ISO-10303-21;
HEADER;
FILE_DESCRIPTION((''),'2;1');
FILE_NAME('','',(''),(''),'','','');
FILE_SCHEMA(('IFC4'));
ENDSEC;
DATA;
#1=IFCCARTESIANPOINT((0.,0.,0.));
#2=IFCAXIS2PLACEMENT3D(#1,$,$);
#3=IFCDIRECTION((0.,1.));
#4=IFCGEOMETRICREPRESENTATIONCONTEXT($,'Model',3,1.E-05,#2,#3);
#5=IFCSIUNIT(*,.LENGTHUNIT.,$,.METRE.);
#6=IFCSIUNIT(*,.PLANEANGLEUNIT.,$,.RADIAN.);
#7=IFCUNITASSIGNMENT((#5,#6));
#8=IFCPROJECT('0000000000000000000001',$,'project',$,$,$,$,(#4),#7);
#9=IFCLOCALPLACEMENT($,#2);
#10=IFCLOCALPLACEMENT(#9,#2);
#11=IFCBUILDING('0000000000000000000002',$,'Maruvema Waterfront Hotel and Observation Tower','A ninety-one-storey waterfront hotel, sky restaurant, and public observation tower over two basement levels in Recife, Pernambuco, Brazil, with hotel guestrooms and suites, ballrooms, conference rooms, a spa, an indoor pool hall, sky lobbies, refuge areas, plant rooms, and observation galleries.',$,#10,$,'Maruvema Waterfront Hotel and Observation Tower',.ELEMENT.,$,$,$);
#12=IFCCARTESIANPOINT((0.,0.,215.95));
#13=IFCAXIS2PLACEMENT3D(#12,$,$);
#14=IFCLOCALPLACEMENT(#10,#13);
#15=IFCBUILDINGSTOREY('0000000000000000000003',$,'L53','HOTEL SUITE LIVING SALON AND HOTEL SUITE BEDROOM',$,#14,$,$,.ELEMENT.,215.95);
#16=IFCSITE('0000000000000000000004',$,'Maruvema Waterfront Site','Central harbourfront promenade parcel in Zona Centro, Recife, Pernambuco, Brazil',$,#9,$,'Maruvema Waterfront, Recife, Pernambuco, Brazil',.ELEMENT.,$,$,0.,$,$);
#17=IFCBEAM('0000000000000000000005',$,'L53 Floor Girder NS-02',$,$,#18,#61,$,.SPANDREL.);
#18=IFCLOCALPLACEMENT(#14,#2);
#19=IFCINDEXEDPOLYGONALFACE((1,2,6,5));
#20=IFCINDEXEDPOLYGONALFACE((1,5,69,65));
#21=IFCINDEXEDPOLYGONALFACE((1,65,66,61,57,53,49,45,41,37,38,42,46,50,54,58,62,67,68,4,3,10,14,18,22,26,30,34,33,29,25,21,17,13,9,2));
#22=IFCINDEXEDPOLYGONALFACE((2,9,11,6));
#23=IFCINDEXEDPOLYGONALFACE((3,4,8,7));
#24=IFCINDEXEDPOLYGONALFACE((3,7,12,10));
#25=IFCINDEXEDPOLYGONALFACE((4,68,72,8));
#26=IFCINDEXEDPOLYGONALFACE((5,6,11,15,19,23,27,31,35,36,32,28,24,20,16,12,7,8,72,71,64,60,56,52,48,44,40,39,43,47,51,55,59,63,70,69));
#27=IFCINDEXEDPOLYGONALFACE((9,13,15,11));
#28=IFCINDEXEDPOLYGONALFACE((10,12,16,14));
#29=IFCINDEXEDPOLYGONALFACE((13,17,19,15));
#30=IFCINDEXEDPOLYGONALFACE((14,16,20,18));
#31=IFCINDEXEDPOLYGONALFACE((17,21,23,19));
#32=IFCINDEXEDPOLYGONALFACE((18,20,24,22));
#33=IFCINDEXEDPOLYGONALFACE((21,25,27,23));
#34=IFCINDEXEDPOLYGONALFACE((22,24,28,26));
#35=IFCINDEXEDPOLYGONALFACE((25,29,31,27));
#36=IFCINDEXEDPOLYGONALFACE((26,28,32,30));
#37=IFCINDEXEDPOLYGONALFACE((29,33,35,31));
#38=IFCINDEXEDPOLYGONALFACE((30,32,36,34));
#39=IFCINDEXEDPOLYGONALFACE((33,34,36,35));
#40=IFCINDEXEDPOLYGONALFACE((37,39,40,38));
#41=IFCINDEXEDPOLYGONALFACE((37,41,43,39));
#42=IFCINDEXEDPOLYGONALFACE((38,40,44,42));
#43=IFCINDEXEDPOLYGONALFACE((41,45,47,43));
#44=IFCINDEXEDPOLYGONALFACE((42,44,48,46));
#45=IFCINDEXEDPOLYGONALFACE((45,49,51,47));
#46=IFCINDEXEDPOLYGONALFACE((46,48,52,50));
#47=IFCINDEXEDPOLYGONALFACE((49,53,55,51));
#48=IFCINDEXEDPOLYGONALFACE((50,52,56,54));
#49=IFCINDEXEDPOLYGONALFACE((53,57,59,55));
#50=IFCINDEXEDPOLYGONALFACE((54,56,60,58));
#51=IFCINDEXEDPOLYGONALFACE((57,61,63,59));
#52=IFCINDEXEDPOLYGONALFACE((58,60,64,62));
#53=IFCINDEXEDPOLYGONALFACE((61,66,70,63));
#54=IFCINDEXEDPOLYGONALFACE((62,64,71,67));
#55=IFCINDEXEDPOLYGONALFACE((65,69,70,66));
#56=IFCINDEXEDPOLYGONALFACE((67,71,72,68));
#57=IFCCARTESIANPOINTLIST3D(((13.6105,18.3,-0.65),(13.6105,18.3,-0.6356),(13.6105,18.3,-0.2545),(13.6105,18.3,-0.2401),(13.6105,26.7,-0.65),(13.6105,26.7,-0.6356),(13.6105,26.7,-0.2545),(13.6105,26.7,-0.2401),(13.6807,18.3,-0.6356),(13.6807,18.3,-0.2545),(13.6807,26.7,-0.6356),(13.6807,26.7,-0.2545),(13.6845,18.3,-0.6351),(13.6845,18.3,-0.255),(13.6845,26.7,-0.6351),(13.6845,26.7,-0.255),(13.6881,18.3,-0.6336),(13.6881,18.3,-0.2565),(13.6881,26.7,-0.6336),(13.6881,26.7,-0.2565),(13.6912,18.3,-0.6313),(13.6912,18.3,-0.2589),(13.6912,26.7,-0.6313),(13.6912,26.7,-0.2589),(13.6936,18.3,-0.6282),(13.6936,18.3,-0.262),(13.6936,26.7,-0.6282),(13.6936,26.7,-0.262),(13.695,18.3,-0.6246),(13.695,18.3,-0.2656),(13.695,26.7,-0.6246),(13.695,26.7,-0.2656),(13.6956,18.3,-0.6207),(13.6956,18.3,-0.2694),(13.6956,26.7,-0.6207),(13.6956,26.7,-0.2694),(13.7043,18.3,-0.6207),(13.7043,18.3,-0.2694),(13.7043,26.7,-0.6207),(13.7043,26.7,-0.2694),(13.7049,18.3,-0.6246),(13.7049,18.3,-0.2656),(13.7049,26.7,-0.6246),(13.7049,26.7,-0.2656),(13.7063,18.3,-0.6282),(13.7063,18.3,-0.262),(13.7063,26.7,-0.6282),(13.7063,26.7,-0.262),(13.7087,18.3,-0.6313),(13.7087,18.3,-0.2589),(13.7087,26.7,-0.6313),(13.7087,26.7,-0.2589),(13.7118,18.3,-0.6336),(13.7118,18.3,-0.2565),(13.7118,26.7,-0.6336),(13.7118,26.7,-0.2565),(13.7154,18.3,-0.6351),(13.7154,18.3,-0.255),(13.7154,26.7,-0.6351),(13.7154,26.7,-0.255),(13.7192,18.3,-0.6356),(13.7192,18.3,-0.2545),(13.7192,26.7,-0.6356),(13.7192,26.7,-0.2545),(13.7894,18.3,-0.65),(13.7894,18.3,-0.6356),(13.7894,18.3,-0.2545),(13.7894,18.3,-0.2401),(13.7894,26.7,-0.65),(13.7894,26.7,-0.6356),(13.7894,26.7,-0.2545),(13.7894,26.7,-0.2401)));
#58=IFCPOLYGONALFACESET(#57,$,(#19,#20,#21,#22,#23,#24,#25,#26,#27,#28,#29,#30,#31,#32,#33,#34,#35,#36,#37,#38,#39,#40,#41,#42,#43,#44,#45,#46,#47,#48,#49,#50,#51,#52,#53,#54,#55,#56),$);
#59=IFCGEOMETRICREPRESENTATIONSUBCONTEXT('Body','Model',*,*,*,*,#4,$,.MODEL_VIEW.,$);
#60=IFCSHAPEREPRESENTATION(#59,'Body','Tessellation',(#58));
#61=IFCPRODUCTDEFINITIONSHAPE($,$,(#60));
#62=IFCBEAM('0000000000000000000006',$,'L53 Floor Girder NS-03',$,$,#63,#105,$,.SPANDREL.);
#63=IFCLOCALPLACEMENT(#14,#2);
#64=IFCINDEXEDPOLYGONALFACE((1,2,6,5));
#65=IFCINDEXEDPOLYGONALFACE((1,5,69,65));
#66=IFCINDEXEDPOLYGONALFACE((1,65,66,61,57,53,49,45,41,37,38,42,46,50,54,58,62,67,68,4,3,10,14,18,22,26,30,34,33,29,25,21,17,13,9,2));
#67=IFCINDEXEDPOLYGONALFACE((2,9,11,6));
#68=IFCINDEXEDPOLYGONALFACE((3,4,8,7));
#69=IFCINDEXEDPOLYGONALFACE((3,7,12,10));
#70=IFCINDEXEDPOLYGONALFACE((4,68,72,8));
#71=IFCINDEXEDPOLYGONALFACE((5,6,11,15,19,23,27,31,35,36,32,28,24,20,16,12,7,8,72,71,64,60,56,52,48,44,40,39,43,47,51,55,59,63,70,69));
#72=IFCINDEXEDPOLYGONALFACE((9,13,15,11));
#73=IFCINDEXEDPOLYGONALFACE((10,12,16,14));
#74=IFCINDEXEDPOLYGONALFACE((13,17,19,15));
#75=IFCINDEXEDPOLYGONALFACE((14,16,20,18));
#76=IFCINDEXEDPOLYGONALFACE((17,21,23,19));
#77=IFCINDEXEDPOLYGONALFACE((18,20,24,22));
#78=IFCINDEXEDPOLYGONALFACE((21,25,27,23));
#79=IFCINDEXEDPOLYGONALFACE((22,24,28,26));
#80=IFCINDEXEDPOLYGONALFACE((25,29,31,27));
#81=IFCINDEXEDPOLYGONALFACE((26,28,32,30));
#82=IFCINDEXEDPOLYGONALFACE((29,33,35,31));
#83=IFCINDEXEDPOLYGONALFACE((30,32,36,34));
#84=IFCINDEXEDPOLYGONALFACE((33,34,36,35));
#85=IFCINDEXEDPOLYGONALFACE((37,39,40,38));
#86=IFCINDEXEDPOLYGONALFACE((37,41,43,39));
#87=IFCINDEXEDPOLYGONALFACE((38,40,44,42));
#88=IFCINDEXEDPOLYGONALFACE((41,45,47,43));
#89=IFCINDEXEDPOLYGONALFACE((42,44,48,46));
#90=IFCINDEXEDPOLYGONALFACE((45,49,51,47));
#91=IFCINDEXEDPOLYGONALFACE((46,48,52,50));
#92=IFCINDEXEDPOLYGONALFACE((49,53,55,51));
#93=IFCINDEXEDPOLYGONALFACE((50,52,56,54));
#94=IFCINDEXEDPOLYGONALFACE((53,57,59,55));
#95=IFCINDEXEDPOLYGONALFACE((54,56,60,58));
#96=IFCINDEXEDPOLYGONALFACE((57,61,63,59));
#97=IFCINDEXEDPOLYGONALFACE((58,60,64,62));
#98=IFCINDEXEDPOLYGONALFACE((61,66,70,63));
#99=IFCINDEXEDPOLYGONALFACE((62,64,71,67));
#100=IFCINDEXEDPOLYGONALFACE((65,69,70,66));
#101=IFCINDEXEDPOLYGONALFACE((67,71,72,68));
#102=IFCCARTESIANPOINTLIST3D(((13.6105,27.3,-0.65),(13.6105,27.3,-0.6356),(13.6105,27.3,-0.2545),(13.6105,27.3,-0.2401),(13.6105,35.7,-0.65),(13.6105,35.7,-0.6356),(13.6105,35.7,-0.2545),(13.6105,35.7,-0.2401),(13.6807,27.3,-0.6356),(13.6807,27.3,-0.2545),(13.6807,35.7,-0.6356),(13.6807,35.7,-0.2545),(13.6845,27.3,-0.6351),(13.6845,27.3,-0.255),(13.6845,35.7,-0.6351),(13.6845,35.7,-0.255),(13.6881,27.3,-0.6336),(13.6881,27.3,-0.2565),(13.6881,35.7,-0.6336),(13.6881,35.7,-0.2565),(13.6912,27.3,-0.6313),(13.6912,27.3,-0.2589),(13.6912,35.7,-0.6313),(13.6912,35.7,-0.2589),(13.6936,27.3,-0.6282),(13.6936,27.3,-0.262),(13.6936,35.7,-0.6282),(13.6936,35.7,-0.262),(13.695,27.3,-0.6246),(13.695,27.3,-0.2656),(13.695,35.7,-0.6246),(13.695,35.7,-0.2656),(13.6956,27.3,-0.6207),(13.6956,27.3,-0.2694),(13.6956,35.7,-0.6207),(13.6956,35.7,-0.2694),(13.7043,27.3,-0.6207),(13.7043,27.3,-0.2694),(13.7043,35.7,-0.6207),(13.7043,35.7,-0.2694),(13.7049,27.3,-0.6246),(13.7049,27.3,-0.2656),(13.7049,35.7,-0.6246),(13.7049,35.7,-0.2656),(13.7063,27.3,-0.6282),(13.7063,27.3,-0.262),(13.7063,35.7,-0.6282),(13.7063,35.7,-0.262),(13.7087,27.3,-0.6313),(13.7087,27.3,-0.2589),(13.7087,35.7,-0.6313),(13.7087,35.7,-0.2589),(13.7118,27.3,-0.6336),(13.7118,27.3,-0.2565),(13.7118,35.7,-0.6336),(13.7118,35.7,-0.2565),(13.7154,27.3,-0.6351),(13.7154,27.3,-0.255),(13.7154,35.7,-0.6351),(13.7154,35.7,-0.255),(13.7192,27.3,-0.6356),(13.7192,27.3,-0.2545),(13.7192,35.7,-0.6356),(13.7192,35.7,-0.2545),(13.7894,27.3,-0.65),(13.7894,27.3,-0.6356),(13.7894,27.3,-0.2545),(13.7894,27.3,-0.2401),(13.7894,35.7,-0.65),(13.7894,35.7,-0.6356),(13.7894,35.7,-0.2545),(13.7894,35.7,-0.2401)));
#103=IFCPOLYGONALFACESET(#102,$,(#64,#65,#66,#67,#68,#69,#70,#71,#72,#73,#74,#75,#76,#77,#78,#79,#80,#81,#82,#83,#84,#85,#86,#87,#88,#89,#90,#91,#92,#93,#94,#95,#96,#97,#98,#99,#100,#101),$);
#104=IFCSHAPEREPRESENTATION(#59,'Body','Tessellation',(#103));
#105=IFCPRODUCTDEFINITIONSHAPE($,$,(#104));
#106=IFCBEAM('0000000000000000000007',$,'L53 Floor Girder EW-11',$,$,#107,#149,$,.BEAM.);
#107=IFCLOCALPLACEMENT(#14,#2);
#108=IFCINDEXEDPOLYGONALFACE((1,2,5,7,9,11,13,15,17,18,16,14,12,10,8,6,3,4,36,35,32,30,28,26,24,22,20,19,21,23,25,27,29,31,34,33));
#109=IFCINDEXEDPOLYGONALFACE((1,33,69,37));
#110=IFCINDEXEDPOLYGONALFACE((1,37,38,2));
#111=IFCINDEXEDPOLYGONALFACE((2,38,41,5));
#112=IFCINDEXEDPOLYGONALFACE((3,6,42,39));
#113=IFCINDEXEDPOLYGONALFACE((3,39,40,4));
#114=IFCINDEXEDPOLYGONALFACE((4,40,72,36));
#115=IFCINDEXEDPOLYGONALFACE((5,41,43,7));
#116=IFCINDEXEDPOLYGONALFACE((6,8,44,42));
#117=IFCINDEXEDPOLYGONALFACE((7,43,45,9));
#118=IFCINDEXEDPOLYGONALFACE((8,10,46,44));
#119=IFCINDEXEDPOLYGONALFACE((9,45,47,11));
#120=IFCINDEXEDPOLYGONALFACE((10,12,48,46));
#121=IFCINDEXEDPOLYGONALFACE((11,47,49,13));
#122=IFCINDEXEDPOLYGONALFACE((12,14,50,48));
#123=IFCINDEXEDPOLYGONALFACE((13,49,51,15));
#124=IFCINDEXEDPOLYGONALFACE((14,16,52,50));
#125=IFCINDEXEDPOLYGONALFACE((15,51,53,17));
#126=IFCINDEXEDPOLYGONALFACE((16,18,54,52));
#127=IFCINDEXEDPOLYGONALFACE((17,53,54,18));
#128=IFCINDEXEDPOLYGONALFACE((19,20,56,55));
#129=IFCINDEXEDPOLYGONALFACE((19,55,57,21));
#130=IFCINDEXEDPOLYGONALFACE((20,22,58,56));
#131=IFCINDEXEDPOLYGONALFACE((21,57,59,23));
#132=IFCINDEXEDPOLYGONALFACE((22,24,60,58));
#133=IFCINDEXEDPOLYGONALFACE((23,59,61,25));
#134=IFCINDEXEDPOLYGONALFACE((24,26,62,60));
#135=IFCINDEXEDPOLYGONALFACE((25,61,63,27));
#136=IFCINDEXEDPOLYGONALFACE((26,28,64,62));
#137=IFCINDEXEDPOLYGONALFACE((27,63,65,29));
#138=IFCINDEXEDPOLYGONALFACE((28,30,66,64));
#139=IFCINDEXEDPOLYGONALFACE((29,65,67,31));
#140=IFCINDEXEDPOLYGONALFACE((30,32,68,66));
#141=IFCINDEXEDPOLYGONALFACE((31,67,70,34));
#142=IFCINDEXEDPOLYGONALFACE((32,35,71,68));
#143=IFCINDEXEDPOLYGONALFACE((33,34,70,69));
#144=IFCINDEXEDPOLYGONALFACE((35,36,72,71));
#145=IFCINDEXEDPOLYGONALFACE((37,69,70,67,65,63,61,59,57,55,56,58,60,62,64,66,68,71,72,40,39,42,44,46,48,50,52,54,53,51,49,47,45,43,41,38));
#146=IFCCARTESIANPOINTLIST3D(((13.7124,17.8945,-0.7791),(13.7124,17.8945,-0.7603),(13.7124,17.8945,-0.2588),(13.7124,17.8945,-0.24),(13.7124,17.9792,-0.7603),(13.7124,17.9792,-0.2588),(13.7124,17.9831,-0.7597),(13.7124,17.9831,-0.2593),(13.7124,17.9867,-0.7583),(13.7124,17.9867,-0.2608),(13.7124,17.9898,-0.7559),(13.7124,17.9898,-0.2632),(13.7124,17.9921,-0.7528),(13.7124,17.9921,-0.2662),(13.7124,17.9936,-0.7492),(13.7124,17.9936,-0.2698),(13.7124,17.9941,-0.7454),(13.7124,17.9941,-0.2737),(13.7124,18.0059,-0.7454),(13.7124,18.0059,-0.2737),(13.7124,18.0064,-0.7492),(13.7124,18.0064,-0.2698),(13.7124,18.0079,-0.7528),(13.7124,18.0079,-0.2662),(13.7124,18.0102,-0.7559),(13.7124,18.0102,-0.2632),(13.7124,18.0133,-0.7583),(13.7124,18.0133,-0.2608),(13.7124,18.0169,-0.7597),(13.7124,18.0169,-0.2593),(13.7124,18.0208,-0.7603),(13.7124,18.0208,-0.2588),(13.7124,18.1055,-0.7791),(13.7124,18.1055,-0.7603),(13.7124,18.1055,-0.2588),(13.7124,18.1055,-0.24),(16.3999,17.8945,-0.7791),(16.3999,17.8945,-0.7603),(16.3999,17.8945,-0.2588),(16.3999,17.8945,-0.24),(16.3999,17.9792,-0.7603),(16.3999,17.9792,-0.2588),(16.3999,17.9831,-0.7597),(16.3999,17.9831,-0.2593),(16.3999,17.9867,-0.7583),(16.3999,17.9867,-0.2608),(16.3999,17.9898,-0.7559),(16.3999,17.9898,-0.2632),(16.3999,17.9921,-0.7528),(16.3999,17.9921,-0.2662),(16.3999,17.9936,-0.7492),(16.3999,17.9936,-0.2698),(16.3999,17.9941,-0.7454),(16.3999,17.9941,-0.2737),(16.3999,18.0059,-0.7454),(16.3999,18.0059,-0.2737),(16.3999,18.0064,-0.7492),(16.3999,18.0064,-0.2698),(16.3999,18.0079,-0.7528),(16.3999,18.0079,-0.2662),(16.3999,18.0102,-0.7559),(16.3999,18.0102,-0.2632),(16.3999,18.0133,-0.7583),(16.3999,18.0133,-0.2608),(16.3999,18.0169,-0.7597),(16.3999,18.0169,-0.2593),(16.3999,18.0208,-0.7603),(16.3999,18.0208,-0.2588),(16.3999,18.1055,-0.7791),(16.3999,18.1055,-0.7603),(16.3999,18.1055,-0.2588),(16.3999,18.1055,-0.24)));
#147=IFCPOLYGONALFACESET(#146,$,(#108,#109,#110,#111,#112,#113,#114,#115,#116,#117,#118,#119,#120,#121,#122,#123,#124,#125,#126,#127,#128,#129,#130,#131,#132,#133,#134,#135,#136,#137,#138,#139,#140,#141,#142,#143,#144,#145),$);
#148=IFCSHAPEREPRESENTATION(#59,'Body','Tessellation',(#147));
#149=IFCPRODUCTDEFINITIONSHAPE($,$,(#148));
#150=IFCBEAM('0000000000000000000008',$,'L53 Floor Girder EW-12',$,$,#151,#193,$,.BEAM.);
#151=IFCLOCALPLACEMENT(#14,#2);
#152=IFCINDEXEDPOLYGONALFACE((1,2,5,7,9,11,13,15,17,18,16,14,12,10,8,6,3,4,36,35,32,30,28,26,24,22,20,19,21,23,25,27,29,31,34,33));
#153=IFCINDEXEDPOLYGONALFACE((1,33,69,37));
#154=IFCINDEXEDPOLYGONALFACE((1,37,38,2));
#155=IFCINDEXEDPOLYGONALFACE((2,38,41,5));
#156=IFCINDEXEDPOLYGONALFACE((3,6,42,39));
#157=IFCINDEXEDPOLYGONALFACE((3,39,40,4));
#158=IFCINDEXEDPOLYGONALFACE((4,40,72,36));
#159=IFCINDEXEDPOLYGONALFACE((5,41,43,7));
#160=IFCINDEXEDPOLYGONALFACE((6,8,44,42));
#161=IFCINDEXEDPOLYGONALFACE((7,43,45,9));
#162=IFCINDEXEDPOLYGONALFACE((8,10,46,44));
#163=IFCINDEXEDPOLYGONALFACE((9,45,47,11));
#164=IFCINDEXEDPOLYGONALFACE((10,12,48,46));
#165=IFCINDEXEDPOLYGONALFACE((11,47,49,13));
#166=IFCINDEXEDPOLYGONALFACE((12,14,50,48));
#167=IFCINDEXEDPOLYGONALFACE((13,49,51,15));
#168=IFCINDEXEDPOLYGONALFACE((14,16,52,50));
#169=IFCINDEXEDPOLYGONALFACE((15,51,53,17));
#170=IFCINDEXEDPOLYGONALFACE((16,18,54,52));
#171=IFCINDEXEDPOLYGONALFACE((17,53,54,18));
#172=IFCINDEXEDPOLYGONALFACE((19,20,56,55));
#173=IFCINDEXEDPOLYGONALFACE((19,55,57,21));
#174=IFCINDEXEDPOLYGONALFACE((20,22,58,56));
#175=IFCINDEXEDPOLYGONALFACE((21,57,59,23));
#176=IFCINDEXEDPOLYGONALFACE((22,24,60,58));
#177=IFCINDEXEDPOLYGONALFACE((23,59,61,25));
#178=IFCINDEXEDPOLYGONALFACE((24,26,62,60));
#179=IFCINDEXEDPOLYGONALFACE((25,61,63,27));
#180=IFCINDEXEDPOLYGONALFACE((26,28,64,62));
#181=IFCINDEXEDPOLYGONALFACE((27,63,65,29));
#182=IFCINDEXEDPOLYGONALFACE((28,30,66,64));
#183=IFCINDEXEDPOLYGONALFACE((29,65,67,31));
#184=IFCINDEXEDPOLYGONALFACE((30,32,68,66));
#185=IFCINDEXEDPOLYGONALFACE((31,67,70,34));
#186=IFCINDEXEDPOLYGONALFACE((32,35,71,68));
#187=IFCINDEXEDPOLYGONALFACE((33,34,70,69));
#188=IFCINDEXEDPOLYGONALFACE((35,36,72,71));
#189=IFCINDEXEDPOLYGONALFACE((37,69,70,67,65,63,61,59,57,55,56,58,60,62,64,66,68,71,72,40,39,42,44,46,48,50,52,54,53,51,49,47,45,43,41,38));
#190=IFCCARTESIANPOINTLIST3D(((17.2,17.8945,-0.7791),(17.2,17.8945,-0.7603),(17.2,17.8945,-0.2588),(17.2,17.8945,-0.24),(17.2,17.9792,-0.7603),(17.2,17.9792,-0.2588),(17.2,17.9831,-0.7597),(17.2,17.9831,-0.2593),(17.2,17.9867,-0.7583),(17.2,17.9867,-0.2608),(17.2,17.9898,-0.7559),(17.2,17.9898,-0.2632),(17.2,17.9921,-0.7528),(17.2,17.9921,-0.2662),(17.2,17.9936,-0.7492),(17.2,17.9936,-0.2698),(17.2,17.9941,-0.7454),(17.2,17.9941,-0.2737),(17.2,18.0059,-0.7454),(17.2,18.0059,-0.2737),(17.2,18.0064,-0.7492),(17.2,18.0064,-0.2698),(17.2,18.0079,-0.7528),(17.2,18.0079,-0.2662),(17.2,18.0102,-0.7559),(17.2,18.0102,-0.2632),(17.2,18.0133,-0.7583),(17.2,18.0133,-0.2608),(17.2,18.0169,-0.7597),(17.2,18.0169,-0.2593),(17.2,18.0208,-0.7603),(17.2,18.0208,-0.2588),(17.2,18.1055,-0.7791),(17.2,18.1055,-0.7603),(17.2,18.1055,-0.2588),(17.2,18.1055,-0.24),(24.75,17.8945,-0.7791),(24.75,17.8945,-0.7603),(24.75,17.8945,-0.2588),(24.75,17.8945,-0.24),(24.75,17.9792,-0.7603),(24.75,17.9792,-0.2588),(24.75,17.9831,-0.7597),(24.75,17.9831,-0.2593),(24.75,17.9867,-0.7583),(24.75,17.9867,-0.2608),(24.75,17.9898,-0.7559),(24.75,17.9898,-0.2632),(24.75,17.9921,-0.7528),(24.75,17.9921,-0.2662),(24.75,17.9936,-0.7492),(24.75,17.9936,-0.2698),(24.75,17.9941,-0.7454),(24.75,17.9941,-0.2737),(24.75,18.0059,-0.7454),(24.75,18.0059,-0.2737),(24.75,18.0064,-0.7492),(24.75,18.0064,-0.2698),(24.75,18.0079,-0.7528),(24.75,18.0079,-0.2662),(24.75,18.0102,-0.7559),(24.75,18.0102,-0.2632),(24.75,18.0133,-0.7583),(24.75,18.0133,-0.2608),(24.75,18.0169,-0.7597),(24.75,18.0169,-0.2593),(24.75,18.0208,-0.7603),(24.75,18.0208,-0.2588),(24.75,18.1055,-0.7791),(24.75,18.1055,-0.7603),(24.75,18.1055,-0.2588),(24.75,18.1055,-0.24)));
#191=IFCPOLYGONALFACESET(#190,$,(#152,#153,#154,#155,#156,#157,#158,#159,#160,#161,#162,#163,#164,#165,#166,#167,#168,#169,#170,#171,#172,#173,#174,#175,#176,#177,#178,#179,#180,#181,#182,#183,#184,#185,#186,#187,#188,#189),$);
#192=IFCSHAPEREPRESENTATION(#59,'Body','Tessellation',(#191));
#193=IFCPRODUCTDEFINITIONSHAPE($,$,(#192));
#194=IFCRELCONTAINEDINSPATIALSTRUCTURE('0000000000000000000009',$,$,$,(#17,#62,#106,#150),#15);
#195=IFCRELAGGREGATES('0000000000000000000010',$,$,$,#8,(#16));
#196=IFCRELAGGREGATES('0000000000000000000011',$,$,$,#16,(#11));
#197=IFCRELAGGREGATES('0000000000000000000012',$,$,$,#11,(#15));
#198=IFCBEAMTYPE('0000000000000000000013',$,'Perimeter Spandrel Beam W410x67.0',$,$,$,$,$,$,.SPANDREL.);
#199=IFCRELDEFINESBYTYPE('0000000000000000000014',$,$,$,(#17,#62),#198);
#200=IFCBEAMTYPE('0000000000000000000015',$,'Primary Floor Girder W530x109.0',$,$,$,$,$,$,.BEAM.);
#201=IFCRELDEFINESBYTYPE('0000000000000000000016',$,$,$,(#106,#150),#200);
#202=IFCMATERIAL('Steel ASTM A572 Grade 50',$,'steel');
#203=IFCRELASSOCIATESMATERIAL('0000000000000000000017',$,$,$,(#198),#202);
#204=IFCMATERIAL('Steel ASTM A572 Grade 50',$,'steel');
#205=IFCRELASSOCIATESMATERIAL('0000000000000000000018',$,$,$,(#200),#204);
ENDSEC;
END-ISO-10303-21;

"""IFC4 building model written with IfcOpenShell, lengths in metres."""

from ifc_helpers import new_model, si_unit, direction, frame, origin, origin_2d, place, context, subcontext, project, spatial, i_section, extrude, material, material_profile, profile_set, type_object, element, save


model = new_model("IFC4")

# Units and contexts
model_context = context("Model", 3, precision=1e-05, world=origin(), true_north=direction((0.0, 1.0)))
body_context = subcontext(model_context, "Body", "Model", "MODEL_VIEW")
ifc_project = project(units=[si_unit("LENGTHUNIT", "METRE"), si_unit("PLANEANGLEUNIT", "RADIAN")], contexts=[model_context])

# Site, building, storey
site_placement = place(None, origin())
site = spatial("IfcSite", under=ifc_project, at=site_placement, Name="Maruvema Waterfront Site", Description="Central harbourfront promenade parcel in Zona Centro, Recife, Pernambuco, Brazil", LongName="Maruvema Waterfront, Recife, Pernambuco, Brazil", CompositionType="ELEMENT", RefElevation=0.0)
building_placement = place(site_placement, origin())
building = spatial("IfcBuilding", under=site, at=building_placement, Name="Maruvema Waterfront Hotel and Observation Tower", Description="A ninety-one-storey waterfront hotel, sky restaurant, and public observation tower over two basement levels in Recife, Pernambuco, Brazil, with hotel guestrooms and suites, ballrooms, conference rooms, a spa, an indoor pool hall, sky lobbies, refuge areas, plant rooms, and observation galleries.", LongName="Maruvema Waterfront Hotel and Observation Tower", CompositionType="ELEMENT")
storey_placement = place(building_placement, frame((0.0, 0.0, 215.95)))
storey = spatial("IfcBuildingStorey", under=building, at=storey_placement, Name="L53", Description="HOTEL SUITE LIVING SALON AND HOTEL SUITE BEDROOM", CompositionType="ELEMENT", Elevation=215.95)

# Beams
ifc_material_1 = material(Name="Steel ASTM A572 Grade 50", Category="steel")
ifc_material_profile_1 = material_profile(ifc_material_1, i_section(OverallWidth=0.179, OverallDepth=0.4099, WebThickness=0.0088, FlangeThickness=0.0144, FilletRadius=0.0149, at=origin_2d()), Name="W410x67.0")
ifc_profile_set_1 = profile_set([ifc_material_profile_1], Name="Steel ASTM A572 Grade 50")
beam_type_1 = type_object("IfcBeamType", Name="Perimeter Spandrel Beam W410x67.0", PredefinedType="SPANDREL", material=ifc_profile_set_1)
for number, where, z_axis, x_axis, name in (
    (1, (13.7, 18.3, -0.4451), (0.0, 1.0, 0.0), (-1.0, 0.0, 0.0), "L53 Floor Girder NS-02"),
    (2, (13.7, 27.3, -0.4451), (0.0, 1.0, 0.0), (-1.0, 0.0, 0.0), "L53 Floor Girder NS-03"),
):
    element("IfcBeam", number, at=place(storey_placement, frame(where, z_axis=z_axis, x_axis=x_axis)), inside=storey, type_object=beam_type_1, Name=name, PredefinedType="SPANDREL", context=body_context, shape_type="SweptSolid", body=[
        extrude(i_section(OverallWidth=0.179, OverallDepth=0.4099, WebThickness=0.0088, FlangeThickness=0.0144, FilletRadius=0.0149, at=origin_2d()), origin(), (0.0, 0.0, 1.0), 8.3999),
    ])
ifc_material_2 = material(Name="Steel ASTM A572 Grade 50", Category="steel")
ifc_material_profile_2 = material_profile(ifc_material_2, i_section(OverallWidth=0.2109, OverallDepth=0.5391, WebThickness=0.0117, FlangeThickness=0.0188, FilletRadius=0.0149, at=origin_2d()), Name="W530x109.0")
ifc_profile_set_2 = profile_set([ifc_material_profile_2], Name="Steel ASTM A572 Grade 50")
beam_type_2 = type_object("IfcBeamType", Name="Primary Floor Girder W530x109.0", PredefinedType="BEAM", material=ifc_profile_set_2)
beam_1_placement = place(storey_placement, frame((13.7124, 18.0, -0.5095), z_axis=(1.0, 0.0, 0.0), x_axis=(0.0, 1.0, 0.0)))
element("IfcBeam", 3, at=beam_1_placement, inside=storey, type_object=beam_type_2, Name="L53 Floor Girder EW-11", PredefinedType="BEAM", context=body_context, shape_type="SweptSolid", body=[
    extrude(i_section(OverallWidth=0.2109, OverallDepth=0.5391, WebThickness=0.0117, FlangeThickness=0.0188, FilletRadius=0.0149, at=origin_2d()), origin(), (0.0, 0.0, 1.0), 2.6875),
])
beam_2_placement = place(storey_placement, frame((17.2, 18.0, -0.5095), z_axis=(1.0, 0.0, 0.0), x_axis=(0.0, 1.0, 0.0)))
element("IfcBeam", 4, at=beam_2_placement, inside=storey, type_object=beam_type_2, Name="L53 Floor Girder EW-12", PredefinedType="BEAM", context=body_context, shape_type="SweptSolid", body=[
    extrude(i_section(OverallWidth=0.2109, OverallDepth=0.5391, WebThickness=0.0117, FlangeThickness=0.0188, FilletRadius=0.0149, at=origin_2d()), origin(), (0.0, 0.0, 1.0), 7.55),
])

save(model, "model.ifc")
